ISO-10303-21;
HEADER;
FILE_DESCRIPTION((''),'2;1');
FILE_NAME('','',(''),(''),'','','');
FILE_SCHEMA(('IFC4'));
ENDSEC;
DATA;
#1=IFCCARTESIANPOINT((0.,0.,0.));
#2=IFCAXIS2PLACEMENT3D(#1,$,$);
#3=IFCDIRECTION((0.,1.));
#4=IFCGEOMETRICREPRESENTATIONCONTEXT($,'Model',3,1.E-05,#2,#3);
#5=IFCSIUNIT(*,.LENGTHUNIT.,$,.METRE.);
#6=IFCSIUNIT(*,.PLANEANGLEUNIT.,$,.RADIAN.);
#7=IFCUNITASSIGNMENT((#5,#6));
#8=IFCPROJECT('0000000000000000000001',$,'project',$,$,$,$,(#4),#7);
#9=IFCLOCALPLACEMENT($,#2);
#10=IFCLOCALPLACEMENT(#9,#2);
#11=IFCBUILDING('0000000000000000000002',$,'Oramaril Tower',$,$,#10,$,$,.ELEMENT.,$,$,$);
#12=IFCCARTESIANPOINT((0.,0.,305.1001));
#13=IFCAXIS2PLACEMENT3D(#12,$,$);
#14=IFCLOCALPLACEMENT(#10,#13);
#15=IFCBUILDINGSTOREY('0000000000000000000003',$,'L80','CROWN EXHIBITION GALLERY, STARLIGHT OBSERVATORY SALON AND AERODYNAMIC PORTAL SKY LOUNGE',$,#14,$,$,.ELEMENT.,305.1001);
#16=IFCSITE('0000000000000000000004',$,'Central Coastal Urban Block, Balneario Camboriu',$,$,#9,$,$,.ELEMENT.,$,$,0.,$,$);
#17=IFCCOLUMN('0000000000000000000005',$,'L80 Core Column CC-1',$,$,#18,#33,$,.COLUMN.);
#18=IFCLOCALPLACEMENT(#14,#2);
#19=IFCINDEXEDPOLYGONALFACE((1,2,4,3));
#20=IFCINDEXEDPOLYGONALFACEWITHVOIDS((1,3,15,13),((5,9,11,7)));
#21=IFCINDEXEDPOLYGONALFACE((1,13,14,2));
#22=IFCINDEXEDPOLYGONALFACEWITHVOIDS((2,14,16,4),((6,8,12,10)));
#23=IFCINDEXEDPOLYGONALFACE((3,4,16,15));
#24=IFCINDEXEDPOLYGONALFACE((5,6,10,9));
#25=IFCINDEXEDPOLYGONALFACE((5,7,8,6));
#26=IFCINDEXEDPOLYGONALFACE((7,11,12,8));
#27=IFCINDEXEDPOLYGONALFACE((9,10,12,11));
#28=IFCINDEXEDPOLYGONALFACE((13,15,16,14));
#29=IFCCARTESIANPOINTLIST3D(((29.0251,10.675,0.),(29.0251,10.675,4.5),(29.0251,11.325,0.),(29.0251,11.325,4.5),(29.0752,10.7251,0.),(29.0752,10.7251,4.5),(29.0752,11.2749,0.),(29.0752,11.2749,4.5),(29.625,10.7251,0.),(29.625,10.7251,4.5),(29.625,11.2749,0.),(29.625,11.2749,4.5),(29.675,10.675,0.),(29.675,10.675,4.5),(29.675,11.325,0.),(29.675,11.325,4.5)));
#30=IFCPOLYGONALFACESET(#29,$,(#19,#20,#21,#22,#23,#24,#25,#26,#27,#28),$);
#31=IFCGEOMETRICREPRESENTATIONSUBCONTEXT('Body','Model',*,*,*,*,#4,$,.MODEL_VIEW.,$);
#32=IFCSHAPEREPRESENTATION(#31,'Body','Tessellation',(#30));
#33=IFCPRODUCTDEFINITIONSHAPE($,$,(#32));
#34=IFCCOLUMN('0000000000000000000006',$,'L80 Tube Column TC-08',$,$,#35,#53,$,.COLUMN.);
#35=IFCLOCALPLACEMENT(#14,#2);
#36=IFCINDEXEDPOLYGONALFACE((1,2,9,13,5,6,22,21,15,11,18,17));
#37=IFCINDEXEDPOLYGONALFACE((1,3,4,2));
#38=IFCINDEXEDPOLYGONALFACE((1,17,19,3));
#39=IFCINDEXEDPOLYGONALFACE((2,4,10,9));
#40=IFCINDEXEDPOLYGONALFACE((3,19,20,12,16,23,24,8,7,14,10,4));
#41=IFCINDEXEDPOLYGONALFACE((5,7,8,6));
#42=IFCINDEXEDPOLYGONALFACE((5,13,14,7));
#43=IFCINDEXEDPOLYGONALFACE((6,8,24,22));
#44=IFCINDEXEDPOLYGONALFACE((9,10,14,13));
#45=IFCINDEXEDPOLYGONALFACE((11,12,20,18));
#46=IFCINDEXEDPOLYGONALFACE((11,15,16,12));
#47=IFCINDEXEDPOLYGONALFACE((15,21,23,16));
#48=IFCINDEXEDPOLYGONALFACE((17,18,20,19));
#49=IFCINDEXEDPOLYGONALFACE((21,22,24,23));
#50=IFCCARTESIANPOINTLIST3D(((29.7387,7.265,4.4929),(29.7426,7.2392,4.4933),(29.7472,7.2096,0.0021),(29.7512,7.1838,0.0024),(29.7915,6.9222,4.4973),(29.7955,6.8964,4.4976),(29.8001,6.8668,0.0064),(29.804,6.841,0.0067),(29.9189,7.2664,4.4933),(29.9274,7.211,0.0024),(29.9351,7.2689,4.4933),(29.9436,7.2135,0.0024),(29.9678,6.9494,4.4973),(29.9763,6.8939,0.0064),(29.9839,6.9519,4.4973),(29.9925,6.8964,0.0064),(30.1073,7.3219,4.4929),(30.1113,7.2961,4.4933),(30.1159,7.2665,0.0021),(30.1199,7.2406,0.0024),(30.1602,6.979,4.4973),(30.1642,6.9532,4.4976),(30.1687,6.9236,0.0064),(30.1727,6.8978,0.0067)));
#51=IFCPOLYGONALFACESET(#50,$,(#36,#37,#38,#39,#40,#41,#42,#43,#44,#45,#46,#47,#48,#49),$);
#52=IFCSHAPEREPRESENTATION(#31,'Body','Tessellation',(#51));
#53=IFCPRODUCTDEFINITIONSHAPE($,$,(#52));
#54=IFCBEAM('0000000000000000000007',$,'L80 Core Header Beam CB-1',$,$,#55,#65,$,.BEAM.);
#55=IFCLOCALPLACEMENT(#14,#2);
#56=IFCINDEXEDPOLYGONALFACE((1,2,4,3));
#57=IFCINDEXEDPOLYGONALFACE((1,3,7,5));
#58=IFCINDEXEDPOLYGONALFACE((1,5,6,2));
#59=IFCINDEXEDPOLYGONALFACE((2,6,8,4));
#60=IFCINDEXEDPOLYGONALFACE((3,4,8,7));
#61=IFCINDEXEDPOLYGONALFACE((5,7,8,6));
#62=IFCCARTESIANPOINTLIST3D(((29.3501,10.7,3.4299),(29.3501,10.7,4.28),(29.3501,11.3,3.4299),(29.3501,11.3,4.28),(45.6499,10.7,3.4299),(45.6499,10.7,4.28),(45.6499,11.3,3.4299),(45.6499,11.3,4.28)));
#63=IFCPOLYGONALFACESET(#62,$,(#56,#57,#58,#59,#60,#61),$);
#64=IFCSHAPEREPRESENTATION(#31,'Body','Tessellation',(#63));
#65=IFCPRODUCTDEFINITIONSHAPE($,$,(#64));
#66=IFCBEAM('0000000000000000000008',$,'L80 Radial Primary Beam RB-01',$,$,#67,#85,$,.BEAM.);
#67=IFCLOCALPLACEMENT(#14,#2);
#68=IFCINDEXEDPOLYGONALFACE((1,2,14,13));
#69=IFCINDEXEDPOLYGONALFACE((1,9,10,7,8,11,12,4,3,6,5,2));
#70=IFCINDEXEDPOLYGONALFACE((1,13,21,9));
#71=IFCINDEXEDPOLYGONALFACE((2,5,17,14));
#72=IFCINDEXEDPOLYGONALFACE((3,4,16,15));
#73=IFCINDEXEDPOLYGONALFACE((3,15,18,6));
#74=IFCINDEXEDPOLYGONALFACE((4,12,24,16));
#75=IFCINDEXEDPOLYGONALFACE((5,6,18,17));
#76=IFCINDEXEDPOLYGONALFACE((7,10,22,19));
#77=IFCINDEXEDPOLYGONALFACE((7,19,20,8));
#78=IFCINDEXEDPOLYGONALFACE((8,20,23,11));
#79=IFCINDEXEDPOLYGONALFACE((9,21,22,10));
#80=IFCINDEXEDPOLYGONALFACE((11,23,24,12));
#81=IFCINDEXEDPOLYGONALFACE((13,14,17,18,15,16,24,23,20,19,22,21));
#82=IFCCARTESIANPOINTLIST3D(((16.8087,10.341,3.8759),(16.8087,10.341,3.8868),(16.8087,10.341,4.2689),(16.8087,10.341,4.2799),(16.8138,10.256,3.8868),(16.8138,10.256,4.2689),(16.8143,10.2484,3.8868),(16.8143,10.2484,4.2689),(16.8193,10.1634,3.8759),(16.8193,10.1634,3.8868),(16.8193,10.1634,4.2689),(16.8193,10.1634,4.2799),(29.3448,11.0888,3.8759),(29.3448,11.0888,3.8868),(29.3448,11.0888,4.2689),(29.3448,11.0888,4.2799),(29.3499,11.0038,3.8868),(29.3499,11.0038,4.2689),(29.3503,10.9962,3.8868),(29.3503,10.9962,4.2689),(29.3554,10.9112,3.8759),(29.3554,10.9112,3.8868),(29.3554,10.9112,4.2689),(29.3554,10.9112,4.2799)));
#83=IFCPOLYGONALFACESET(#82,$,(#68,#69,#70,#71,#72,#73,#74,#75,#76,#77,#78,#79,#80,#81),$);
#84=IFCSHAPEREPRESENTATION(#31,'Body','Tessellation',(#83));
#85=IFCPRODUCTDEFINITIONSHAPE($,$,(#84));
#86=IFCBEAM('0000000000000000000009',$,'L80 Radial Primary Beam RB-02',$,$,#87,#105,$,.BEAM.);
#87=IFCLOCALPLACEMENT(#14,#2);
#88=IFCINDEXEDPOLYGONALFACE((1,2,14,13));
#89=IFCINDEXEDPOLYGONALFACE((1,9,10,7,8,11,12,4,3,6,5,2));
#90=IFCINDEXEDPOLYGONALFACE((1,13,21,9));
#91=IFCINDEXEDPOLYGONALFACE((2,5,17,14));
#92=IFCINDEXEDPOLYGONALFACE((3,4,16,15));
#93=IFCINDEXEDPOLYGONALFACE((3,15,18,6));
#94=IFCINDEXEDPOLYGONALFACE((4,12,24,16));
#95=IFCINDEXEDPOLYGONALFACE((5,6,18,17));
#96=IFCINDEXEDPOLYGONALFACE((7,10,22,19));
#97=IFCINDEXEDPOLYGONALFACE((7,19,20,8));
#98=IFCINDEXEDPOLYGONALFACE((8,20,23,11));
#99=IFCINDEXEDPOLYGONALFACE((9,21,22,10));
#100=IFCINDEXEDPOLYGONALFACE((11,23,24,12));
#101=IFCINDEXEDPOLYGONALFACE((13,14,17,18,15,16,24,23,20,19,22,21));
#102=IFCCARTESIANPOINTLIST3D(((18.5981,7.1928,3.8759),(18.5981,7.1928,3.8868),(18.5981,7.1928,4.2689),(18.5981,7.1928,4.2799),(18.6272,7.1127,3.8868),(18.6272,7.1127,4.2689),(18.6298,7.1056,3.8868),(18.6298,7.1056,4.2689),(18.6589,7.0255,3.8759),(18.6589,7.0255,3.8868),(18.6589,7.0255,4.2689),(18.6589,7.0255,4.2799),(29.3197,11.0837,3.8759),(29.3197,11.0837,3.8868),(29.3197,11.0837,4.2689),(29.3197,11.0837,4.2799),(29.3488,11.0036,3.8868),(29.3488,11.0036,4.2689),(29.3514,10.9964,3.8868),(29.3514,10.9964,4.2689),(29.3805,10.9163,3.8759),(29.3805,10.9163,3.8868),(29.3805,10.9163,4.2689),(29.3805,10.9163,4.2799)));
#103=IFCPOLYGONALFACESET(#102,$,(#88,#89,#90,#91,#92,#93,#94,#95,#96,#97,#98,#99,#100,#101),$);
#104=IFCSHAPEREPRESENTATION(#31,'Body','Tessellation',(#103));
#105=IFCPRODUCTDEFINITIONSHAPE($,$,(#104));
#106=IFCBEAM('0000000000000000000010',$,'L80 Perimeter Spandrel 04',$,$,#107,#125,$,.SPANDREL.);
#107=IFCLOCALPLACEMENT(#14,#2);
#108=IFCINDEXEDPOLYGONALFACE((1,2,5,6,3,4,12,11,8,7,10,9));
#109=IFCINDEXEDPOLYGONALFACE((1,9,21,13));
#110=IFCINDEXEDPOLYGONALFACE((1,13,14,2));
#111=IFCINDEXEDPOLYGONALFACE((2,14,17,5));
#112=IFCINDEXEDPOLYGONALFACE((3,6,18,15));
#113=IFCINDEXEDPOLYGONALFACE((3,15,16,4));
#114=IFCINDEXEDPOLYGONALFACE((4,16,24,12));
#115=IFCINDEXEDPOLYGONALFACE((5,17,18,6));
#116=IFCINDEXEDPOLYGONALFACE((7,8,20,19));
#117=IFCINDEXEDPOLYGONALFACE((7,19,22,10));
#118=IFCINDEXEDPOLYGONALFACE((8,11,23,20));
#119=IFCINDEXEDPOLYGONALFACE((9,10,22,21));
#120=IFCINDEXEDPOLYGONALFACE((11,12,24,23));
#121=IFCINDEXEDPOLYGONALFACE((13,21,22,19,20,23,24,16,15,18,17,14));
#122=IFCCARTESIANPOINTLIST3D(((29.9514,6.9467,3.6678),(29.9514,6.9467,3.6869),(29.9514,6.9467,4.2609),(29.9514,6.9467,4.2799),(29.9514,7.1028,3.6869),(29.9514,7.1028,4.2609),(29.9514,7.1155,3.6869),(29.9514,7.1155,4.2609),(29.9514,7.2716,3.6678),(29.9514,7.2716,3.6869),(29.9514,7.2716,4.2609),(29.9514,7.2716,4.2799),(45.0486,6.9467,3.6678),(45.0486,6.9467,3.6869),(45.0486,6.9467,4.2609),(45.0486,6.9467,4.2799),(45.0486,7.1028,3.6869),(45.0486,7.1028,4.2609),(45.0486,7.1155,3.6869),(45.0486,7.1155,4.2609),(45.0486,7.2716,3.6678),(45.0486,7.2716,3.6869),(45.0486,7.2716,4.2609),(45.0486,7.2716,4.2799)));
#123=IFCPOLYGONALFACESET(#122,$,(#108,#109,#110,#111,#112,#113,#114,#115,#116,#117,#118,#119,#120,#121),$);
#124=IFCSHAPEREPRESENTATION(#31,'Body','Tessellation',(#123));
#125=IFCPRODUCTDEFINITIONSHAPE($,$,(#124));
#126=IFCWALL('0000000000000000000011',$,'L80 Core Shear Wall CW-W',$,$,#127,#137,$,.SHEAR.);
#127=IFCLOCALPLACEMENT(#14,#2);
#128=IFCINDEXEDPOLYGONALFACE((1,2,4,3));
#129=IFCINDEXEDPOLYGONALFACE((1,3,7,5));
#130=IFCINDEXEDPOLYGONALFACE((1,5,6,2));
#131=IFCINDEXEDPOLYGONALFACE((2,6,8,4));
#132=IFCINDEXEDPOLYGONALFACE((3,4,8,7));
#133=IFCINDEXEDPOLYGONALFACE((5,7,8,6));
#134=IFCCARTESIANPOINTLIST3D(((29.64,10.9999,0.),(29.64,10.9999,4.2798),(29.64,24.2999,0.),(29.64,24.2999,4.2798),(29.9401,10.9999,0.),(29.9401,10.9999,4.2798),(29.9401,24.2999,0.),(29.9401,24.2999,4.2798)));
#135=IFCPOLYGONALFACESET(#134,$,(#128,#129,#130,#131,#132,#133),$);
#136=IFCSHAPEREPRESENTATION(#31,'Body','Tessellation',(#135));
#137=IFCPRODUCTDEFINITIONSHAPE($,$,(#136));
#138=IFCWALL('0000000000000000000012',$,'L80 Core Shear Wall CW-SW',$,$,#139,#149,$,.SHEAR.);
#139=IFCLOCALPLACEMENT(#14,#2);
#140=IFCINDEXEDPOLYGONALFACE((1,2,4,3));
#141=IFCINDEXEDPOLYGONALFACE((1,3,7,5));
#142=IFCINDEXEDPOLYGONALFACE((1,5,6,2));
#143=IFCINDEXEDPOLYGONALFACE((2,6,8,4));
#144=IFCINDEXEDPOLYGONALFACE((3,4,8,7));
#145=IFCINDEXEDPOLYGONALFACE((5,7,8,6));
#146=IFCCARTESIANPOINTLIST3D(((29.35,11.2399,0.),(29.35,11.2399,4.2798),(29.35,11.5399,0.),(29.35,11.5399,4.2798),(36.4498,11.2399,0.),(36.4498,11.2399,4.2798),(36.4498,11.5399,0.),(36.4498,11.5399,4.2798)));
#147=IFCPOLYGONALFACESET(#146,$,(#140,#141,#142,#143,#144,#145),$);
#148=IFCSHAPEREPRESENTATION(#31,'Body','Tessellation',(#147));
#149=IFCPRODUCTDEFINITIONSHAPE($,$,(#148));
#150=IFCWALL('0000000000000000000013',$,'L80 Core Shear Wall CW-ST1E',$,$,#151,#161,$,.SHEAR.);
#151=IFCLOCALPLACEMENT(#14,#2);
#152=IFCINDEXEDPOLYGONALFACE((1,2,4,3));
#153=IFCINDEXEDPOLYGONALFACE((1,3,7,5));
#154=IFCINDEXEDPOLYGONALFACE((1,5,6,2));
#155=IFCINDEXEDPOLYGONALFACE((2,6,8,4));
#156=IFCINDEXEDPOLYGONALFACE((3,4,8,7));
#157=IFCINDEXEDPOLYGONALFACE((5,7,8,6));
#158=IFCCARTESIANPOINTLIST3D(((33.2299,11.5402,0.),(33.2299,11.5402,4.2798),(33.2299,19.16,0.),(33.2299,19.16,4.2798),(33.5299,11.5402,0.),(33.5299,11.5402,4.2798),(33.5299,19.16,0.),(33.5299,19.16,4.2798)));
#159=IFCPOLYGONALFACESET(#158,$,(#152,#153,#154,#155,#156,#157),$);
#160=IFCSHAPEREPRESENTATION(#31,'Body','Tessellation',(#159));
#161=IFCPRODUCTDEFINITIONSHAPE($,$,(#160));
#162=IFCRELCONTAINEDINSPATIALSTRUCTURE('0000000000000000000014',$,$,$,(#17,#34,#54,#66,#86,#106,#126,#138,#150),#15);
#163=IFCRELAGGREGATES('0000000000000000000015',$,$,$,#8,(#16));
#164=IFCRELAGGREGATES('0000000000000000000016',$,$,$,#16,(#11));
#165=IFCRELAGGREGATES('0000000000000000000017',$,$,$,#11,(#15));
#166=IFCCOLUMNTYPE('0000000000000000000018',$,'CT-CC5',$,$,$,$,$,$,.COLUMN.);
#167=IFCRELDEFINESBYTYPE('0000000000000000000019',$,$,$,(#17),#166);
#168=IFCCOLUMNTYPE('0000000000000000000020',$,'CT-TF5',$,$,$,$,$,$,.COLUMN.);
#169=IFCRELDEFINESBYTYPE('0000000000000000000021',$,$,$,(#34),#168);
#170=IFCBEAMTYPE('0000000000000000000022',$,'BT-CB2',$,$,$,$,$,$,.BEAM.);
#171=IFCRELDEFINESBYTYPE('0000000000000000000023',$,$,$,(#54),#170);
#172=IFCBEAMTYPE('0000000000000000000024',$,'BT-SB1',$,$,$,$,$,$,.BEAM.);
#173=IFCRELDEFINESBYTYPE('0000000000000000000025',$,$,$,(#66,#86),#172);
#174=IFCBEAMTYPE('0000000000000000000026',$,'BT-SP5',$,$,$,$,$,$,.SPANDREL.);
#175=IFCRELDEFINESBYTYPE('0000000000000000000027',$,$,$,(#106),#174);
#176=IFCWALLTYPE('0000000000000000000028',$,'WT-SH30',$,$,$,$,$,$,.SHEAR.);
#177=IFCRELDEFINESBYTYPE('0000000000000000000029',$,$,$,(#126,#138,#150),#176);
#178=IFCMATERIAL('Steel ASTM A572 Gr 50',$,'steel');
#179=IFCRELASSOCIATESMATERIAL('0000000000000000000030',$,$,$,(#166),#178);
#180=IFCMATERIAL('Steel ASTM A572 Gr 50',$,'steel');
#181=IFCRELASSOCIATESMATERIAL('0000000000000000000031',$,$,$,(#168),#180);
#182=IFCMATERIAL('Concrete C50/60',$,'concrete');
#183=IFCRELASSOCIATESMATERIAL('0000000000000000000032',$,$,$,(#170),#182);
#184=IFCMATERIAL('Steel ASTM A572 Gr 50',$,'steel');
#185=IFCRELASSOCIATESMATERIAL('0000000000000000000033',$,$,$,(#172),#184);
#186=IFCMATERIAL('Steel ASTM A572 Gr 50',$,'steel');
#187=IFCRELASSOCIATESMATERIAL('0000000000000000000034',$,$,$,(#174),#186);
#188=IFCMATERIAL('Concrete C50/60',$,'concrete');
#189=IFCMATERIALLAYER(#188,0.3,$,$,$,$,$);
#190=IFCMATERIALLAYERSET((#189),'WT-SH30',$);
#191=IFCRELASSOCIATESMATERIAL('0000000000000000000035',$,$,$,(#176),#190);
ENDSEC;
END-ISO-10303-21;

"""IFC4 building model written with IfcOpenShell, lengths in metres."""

from ifc_helpers import new_model, si_unit, direction, frame, frame_2d, origin, origin_2d, place, context, subcontext, project, spatial, rectangle, hollow_rectangle, i_section, extrude, material, layer, layer_set, material_profile, profile_set, type_object, element, save


model = new_model("IFC4")

# Units and contexts
model_context = context("Model", 3, precision=1e-05, world=origin(), true_north=direction((0.0, 1.0)))
body_context = subcontext(model_context, "Body", "Model", "MODEL_VIEW")
ifc_project = project(units=[si_unit("LENGTHUNIT", "METRE"), si_unit("PLANEANGLEUNIT", "RADIAN")], contexts=[model_context])

# Site, building, storey
site_placement = place(None, origin())
site = spatial("IfcSite", under=ifc_project, at=site_placement, Name="Central Coastal Urban Block, Balneario Camboriu", CompositionType="ELEMENT", RefElevation=0.0)
building_placement = place(site_placement, origin())
building = spatial("IfcBuilding", under=site, at=building_placement, Name="Oramaril Tower", CompositionType="ELEMENT")
storey_placement = place(building_placement, frame((0.0, 0.0, 305.1001)))
storey = spatial("IfcBuildingStorey", under=building, at=storey_placement, Name="L80", Description="CROWN EXHIBITION GALLERY, STARLIGHT OBSERVATORY SALON AND AERODYNAMIC PORTAL SKY LOUNGE", CompositionType="ELEMENT", Elevation=305.1001)

# Columns
ifc_material_1 = material(Name="Steel ASTM A572 Gr 50", Category="steel")
ifc_material_profile_1 = material_profile(ifc_material_1, hollow_rectangle(XDim=0.6499, YDim=0.6499, WallThickness=0.05, at=origin_2d()), Name="BOX650X650X50")
ifc_profile_set_1 = profile_set([ifc_material_profile_1], Name="Steel ASTM A572 Gr 50")
column_type_1 = type_object("IfcColumnType", Name="CT-CC5", PredefinedType="COLUMN", material=ifc_profile_set_1)
column_1_placement = place(storey_placement, frame((29.3501, 11.0, 0.0), z_axis=(0.0, 0.0, 1.0), x_axis=(1.0, 0.0, 0.0)))
element("IfcColumn", 1, at=column_1_placement, inside=storey, type_object=column_type_1, Name="L80 Core Column CC-1", PredefinedType="COLUMN", context=body_context, shape_type="SweptSolid", body=[
    extrude(hollow_rectangle(XDim=0.6499, YDim=0.6499, WallThickness=0.05, at=origin_2d()), origin(), (0.0, 0.0, 1.0), 4.5),
])
ifc_material_2 = material(Name="Steel ASTM A572 Gr 50", Category="steel")
ifc_material_profile_2 = material_profile(ifc_material_2, i_section(OverallWidth=0.373, OverallDepth=0.373, WebThickness=0.0164, FlangeThickness=0.0261, at=origin_2d()), Name="W14X132")
ifc_profile_set_2 = profile_set([ifc_material_profile_2], Name="Steel ASTM A572 Gr 50")
column_type_2 = type_object("IfcColumnType", Name="CT-TF5", PredefinedType="COLUMN", material=ifc_profile_set_2)
column_2_placement = place(storey_placement, frame((29.96, 7.0537, 0.0044), z_axis=(-0.001903, 0.012339, 0.999922), x_axis=(-0.988321, -0.152384, 0.0)))
element("IfcColumn", 2, at=column_2_placement, inside=storey, type_object=column_type_2, Name="L80 Tube Column TC-08", PredefinedType="COLUMN", context=body_context, shape_type="SweptSolid", body=[
    extrude(i_section(OverallWidth=0.373, OverallDepth=0.373, WebThickness=0.0164, FlangeThickness=0.0261, at=origin_2d()), origin(), (0.0, 0.0, 1.0), 4.4912),
])

# Beams
ifc_material_3 = material(Name="Concrete C50/60", Category="concrete")
ifc_material_profile_3 = material_profile(ifc_material_3, rectangle(XDim=0.6001, YDim=0.8501, at=origin_2d()), Name="CB600X850")
ifc_profile_set_3 = profile_set([ifc_material_profile_3], Name="Concrete C50/60")
beam_type_1 = type_object("IfcBeamType", Name="BT-CB2", PredefinedType="BEAM", material=ifc_profile_set_3)
beam_1_placement = place(storey_placement, frame((29.3501, 11.0, 3.855), z_axis=(1.0, 0.0, 0.0), x_axis=(0.0, 1.0, 0.0)))
element("IfcBeam", 3, at=beam_1_placement, inside=storey, type_object=beam_type_1, Name="L80 Core Header Beam CB-1", PredefinedType="BEAM", context=body_context, shape_type="SweptSolid", body=[
    extrude(rectangle(XDim=0.6001, YDim=0.8501, at=origin_2d()), origin(), (0.0, 0.0, 1.0), 16.2998),
])
ifc_material_4 = material(Name="Steel ASTM A572 Gr 50", Category="steel")
ifc_material_profile_4 = material_profile(ifc_material_4, i_section(OverallWidth=0.178, OverallDepth=0.4041, WebThickness=0.0076, FlangeThickness=0.011, at=origin_2d()), Name="W16X36")
ifc_profile_set_4 = profile_set([ifc_material_profile_4], Name="Steel ASTM A572 Gr 50")
beam_type_2 = type_object("IfcBeamType", Name="BT-SB1", PredefinedType="BEAM", material=ifc_profile_set_4)
beam_2_placement = place(storey_placement, frame((29.3501, 11.0, 4.0779), z_axis=(-0.998226, -0.059546, 0.0), x_axis=(0.059546, -0.998226, 0.0)))
element("IfcBeam", 4, at=beam_2_placement, inside=storey, type_object=beam_type_2, Name="L80 Radial Primary Beam RB-01", PredefinedType="BEAM", context=body_context, shape_type="SweptSolid", body=[
    extrude(i_section(OverallWidth=0.178, OverallDepth=0.4041, WebThickness=0.0076, FlangeThickness=0.011, at=origin_2d()), origin(), (0.0, 0.0, 1.0), 12.5583),
])
beam_3_placement = place(storey_placement, frame((29.3501, 11.0, 4.0779), z_axis=(-0.940016, -0.341129, 0.0), x_axis=(0.341129, -0.940016, 0.0)))
element("IfcBeam", 5, at=beam_3_placement, inside=storey, type_object=beam_type_2, Name="L80 Radial Primary Beam RB-02", PredefinedType="BEAM", context=body_context, shape_type="SweptSolid", body=[
    extrude(i_section(OverallWidth=0.178, OverallDepth=0.4041, WebThickness=0.0076, FlangeThickness=0.011, at=origin_2d()), origin(), (0.0, 0.0, 1.0), 11.4058),
])
ifc_material_5 = material(Name="Steel ASTM A572 Gr 50", Category="steel")
ifc_material_profile_5 = material_profile(ifc_material_5, i_section(OverallWidth=0.325, OverallDepth=0.6121, WebThickness=0.0127, FlangeThickness=0.019, at=origin_2d()), Name="W24X104")
ifc_profile_set_5 = profile_set([ifc_material_profile_5], Name="Steel ASTM A572 Gr 50")
beam_type_3 = type_object("IfcBeamType", Name="BT-SP5", PredefinedType="SPANDREL", material=ifc_profile_set_5)
beam_4_placement = place(storey_placement, frame((29.9514, 7.1091, 3.9739), z_axis=(1.0, 0.0, 0.0), x_axis=(0.0, 1.0, 0.0)))
element("IfcBeam", 6, at=beam_4_placement, inside=storey, type_object=beam_type_3, Name="L80 Perimeter Spandrel 04", PredefinedType="SPANDREL", context=body_context, shape_type="SweptSolid", body=[
    extrude(i_section(OverallWidth=0.325, OverallDepth=0.6121, WebThickness=0.0127, FlangeThickness=0.019, at=origin_2d()), origin(), (0.0, 0.0, 1.0), 15.0972),
])

# Walls
ifc_material_6 = material(Name="Concrete C50/60", Category="concrete")
ifc_layer_1 = layer(ifc_material_6, 0.3)
ifc_layer_set_1 = layer_set([ifc_layer_1], Name="WT-SH30")
wall_type = type_object("IfcWallType", Name="WT-SH30", PredefinedType="SHEAR", material=ifc_layer_set_1)
wall_1_placement = place(storey_placement, frame((29.79, 11.0, 0.0), z_axis=(0.0, 0.0, 1.0), x_axis=(0.0, 1.0, 0.0)))
element("IfcWall", 7, at=wall_1_placement, inside=storey, type_object=wall_type, Name="L80 Core Shear Wall CW-W", PredefinedType="SHEAR", context=body_context, shape_type="SweptSolid", body=[
    extrude(rectangle(XDim=13.3, YDim=0.3, at=frame_2d((6.6499, 0.0))), origin(), (0.0, 0.0, 1.0), 4.2798),
])
wall_2_placement = place(storey_placement, frame((29.3501, 11.3899, 0.0), z_axis=(0.0, 0.0, 1.0), x_axis=(1.0, 0.0, 0.0)))
element("IfcWall", 8, at=wall_2_placement, inside=storey, type_object=wall_type, Name="L80 Core Shear Wall CW-SW", PredefinedType="SHEAR", context=body_context, shape_type="SweptSolid", body=[
    extrude(rectangle(XDim=7.0999, YDim=0.3, at=frame_2d((3.5498, 0.0))), origin(), (0.0, 0.0, 1.0), 4.2798),
])
wall_3_placement = place(storey_placement, frame((33.3799, 11.54, 0.0), z_axis=(0.0, 0.0, 1.0), x_axis=(0.0, 1.0, 0.0)))
element("IfcWall", 9, at=wall_3_placement, inside=storey, type_object=wall_type, Name="L80 Core Shear Wall CW-ST1E", PredefinedType="SHEAR", context=body_context, shape_type="SweptSolid", body=[
    extrude(rectangle(XDim=7.6199, YDim=0.3, at=frame_2d((3.8101, 0.0))), origin(), (0.0, 0.0, 1.0), 4.2798),
])

save(model, "model.ifc")
